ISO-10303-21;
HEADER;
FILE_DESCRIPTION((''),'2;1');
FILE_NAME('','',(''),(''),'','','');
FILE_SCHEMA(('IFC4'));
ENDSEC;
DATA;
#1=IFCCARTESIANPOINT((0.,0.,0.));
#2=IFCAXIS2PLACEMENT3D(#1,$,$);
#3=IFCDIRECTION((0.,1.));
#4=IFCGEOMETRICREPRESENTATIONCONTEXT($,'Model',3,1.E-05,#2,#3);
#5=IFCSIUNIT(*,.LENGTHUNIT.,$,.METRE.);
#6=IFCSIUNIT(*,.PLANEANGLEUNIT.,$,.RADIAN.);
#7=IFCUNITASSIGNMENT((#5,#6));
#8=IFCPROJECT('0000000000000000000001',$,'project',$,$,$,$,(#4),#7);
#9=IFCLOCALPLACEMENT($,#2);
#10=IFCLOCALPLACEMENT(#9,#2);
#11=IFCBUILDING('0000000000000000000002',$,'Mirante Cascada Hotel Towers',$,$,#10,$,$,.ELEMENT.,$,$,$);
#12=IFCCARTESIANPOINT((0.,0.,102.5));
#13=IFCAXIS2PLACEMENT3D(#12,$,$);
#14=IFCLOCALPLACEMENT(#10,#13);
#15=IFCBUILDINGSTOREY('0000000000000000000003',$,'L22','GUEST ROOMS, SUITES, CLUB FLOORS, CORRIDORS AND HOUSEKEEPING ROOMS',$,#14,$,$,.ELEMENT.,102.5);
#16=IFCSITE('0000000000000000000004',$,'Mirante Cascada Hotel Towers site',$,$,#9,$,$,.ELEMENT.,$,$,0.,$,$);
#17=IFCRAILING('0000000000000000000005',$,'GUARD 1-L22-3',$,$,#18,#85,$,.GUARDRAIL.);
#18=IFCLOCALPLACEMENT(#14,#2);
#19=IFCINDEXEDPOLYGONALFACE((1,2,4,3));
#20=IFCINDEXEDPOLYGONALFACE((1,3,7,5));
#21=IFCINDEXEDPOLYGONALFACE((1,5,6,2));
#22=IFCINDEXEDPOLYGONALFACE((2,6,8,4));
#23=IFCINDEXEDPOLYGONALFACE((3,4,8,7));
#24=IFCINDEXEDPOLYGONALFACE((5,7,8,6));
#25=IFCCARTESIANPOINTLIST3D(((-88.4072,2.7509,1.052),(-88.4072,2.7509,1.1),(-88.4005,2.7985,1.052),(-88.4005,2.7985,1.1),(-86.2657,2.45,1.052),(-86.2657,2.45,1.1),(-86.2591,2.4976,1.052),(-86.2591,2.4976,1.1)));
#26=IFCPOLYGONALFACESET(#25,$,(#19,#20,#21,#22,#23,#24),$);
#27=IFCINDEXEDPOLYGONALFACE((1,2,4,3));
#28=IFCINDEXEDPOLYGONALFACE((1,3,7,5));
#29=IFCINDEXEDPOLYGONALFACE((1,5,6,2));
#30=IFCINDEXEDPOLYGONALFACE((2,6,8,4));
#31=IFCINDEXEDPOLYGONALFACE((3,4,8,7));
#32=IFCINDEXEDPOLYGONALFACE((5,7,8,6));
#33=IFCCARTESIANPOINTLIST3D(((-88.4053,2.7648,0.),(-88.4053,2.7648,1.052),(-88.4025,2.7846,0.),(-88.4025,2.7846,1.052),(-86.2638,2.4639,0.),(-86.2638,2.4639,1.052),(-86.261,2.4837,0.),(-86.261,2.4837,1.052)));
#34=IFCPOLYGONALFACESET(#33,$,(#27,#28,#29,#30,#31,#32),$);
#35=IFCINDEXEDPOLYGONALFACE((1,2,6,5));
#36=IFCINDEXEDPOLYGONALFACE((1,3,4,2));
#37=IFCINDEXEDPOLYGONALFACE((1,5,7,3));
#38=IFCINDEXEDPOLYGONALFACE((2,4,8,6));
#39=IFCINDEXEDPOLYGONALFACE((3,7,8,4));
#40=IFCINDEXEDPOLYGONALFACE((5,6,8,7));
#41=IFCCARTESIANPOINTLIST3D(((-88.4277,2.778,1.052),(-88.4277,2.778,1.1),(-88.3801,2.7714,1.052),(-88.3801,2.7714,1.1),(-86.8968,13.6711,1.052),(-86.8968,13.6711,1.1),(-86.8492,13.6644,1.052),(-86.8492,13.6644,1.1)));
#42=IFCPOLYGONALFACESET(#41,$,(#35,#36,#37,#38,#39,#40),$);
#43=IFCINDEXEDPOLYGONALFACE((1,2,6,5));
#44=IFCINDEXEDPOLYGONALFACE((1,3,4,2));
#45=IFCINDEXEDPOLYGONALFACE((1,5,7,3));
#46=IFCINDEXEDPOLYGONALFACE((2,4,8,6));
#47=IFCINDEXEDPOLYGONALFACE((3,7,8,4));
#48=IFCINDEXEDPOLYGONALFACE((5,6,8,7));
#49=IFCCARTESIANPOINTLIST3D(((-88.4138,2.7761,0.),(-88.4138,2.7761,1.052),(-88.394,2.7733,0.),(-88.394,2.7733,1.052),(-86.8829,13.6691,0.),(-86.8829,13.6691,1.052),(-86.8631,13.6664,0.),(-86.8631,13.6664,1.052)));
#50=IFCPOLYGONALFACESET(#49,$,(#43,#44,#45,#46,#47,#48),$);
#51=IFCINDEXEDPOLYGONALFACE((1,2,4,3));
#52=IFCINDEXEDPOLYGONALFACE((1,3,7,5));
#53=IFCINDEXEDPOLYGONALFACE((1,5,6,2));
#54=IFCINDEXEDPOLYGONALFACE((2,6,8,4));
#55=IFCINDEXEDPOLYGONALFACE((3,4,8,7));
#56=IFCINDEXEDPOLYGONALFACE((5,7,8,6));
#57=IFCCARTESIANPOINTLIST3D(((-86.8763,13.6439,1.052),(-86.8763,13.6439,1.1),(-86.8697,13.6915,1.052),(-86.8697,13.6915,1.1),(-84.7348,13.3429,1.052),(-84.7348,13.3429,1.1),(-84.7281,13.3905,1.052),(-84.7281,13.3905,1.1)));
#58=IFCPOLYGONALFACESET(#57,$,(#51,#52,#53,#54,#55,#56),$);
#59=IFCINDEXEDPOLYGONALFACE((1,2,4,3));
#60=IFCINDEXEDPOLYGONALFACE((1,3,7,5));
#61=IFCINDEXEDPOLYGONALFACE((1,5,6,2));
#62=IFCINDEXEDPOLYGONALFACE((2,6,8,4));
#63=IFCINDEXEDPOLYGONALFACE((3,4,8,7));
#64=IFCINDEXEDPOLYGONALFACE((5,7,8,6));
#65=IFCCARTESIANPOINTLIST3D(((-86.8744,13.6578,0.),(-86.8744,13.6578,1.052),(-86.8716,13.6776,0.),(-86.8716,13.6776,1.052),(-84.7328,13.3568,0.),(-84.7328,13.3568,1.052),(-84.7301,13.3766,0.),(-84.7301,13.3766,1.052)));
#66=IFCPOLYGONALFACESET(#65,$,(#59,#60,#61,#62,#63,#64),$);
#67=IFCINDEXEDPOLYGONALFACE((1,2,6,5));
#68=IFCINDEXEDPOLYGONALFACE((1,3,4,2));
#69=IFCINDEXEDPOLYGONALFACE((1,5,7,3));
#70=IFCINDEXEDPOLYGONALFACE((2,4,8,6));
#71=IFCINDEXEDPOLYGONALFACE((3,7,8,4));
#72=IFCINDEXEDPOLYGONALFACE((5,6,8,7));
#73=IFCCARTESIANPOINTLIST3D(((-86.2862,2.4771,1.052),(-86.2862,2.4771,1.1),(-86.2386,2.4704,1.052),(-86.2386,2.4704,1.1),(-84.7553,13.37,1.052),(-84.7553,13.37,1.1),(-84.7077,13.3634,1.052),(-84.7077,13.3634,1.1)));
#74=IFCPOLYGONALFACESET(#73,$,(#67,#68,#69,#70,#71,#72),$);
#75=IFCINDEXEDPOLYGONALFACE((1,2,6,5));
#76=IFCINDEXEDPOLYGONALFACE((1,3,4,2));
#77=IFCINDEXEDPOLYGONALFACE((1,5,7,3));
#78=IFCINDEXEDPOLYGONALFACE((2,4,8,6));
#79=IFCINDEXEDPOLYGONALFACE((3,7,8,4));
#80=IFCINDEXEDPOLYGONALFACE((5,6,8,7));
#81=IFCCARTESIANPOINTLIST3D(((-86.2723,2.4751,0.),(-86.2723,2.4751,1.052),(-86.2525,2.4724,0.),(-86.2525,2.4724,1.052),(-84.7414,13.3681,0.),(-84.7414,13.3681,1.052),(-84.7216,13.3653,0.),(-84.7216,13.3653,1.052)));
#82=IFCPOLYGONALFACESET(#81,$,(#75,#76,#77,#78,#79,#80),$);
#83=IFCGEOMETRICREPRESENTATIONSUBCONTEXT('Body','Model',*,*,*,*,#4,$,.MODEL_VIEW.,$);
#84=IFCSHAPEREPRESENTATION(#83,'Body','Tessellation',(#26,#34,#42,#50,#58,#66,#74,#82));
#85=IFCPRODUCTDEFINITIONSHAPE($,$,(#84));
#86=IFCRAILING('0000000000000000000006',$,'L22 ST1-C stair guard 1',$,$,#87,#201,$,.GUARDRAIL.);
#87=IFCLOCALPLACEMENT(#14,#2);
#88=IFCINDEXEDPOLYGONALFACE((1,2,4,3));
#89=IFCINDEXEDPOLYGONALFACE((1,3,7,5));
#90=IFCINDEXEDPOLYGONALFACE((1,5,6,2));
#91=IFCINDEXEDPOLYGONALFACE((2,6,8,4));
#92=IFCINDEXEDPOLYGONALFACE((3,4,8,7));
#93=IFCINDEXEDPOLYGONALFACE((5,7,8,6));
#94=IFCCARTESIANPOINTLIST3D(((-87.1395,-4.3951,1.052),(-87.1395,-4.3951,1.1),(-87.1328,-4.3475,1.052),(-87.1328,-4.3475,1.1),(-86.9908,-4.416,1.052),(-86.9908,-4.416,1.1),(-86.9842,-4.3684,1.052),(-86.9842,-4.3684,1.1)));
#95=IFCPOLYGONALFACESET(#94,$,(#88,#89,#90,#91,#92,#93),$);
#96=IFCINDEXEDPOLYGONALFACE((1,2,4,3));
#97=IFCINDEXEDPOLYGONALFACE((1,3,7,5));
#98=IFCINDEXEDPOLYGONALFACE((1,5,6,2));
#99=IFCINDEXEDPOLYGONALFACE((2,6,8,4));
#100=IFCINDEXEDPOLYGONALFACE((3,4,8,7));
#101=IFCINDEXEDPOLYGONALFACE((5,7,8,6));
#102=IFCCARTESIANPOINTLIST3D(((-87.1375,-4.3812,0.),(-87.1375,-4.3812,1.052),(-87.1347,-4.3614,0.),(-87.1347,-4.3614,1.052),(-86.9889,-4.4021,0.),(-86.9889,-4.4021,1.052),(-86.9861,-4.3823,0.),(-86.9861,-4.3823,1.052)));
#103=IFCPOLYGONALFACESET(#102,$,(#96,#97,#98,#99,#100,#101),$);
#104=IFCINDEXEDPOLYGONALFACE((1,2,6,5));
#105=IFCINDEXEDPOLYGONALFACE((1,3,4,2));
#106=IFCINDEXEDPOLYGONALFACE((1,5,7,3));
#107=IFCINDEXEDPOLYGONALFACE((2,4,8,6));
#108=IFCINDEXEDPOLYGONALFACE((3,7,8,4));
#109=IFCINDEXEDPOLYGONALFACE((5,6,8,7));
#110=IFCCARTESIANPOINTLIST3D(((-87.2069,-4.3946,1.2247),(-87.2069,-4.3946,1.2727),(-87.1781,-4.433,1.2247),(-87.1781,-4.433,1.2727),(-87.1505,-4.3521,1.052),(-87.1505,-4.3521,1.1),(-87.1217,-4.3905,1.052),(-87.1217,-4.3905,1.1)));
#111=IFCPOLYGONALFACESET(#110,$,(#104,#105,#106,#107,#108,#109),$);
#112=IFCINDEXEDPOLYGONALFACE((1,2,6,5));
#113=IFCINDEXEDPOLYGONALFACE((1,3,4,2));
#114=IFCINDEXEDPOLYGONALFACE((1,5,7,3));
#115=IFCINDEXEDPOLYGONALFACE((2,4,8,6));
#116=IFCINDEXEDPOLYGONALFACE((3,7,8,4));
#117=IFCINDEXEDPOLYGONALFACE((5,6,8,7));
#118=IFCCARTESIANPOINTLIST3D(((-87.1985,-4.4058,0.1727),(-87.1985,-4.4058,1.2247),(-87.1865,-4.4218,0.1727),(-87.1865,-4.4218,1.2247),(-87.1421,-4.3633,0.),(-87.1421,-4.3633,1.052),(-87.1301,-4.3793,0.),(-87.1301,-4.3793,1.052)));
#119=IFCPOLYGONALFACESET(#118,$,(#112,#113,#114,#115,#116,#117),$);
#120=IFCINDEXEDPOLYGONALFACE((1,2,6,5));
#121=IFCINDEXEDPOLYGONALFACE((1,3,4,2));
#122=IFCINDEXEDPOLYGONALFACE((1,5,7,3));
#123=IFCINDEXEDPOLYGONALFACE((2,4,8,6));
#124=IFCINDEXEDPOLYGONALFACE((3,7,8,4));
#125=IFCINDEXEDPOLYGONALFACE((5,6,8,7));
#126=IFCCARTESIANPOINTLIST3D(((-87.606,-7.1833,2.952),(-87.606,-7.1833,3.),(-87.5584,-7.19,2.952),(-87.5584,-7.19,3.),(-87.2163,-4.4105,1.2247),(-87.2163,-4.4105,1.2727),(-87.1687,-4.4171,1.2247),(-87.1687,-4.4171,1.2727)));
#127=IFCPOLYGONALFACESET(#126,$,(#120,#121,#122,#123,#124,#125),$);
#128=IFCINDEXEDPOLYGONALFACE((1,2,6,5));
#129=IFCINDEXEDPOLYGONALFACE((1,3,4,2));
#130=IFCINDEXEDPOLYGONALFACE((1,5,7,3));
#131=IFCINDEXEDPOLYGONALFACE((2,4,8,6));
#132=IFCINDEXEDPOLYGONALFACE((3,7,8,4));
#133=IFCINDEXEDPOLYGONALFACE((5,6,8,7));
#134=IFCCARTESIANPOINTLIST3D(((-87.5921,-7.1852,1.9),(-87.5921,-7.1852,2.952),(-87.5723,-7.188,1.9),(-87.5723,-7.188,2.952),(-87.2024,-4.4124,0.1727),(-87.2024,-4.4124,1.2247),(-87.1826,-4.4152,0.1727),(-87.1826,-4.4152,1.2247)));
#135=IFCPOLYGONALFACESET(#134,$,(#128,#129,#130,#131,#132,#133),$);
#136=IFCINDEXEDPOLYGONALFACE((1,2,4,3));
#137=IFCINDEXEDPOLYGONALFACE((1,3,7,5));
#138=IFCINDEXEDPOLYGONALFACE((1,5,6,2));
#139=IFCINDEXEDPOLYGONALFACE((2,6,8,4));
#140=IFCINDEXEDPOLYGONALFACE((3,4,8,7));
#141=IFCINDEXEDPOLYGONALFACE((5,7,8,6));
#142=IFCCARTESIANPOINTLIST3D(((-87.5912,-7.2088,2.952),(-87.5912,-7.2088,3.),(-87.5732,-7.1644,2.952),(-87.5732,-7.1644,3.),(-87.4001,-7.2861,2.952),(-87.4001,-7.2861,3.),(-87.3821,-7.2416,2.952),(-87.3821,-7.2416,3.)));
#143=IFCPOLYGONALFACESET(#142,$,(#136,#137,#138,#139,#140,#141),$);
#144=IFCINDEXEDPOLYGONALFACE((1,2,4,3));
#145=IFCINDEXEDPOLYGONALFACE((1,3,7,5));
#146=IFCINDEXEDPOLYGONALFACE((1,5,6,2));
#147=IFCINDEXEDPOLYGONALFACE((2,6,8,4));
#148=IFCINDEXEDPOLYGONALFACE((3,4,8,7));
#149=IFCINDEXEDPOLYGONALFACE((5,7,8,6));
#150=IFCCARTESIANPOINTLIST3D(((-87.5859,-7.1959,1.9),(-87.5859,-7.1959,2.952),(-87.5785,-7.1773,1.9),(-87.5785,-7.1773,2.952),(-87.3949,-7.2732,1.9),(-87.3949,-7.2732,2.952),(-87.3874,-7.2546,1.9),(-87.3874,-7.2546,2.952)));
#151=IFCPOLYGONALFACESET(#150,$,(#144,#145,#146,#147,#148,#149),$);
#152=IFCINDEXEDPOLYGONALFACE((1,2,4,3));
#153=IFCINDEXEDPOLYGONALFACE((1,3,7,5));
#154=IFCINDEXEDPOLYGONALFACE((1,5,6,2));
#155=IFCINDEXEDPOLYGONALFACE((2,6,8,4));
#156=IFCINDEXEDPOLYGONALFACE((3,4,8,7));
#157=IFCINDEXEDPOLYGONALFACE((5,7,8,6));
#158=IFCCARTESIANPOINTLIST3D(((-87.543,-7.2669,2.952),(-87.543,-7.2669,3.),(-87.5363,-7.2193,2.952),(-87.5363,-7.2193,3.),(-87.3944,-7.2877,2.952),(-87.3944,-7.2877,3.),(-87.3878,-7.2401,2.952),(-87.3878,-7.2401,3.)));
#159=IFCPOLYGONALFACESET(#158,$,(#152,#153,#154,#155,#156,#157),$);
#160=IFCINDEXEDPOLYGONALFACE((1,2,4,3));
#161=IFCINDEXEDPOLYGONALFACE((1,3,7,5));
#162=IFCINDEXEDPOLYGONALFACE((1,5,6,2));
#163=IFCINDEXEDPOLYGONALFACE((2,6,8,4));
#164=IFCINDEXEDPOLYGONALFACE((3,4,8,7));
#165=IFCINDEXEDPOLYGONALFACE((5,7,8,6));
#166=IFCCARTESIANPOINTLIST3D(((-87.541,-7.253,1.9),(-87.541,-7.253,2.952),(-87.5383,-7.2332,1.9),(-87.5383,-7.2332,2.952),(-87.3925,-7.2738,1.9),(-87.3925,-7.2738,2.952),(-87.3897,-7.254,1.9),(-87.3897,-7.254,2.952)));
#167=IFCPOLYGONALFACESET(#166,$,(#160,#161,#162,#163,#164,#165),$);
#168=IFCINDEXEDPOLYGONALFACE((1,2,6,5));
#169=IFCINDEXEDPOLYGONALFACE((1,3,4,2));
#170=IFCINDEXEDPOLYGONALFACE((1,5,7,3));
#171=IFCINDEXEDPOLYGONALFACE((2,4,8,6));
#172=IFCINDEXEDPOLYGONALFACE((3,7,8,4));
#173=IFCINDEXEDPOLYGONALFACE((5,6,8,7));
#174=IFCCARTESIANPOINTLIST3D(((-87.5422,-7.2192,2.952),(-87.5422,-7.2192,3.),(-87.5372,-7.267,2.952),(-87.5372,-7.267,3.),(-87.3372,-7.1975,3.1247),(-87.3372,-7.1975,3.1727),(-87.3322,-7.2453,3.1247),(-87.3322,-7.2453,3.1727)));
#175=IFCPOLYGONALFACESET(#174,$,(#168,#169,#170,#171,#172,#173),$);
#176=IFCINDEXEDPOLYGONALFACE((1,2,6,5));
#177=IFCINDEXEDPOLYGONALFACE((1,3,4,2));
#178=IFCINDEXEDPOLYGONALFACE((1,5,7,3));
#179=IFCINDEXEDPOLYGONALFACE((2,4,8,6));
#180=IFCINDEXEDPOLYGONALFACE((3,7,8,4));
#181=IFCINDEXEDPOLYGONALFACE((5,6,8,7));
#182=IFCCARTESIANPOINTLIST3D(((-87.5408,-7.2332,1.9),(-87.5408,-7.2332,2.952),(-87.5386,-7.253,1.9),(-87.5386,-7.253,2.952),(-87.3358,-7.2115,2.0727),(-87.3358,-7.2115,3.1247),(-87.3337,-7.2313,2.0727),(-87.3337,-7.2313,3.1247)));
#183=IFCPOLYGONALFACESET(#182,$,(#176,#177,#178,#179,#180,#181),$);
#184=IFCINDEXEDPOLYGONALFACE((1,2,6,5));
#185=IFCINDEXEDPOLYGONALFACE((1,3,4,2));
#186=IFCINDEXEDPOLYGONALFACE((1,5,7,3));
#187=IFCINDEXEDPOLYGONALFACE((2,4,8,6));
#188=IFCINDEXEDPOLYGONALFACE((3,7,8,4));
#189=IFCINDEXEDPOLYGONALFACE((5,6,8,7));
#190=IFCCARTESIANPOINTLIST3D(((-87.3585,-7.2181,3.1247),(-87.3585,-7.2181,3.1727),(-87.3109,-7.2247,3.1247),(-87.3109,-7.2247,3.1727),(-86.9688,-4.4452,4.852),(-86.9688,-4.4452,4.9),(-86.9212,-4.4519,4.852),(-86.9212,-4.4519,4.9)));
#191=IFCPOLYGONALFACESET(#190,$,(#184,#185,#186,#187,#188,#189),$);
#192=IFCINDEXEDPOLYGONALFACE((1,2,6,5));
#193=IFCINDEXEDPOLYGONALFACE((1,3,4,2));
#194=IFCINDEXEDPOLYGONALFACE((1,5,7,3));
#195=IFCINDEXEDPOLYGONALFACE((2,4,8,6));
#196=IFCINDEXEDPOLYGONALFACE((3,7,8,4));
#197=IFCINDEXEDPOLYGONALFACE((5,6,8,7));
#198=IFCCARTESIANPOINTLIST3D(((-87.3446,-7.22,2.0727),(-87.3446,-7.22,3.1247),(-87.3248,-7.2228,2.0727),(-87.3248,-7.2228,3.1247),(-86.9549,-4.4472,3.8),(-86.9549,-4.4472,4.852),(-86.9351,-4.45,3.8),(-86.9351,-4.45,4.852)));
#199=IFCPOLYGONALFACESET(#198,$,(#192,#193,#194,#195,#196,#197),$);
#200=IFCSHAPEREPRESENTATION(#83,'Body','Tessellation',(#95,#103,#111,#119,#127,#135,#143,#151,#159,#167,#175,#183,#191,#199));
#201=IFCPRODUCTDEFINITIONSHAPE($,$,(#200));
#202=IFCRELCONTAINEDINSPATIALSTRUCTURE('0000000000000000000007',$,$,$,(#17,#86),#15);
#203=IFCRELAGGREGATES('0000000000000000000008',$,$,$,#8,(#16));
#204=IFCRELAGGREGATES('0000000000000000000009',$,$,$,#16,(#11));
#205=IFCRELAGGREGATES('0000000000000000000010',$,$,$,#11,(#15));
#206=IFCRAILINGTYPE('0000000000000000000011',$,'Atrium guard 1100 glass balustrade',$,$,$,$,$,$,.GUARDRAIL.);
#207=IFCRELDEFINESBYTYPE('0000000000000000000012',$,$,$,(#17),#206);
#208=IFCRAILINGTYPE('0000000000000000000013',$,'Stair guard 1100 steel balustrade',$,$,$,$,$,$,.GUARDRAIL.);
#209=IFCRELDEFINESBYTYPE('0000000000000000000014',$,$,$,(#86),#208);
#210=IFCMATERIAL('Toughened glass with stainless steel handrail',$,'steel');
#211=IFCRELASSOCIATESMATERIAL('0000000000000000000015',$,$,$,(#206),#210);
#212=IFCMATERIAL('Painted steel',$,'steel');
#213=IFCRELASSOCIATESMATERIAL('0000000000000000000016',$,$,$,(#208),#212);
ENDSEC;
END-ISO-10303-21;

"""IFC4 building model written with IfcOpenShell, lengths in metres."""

from ifc_helpers import new_model, si_unit, direction, frame, origin, origin_2d, place, context, subcontext, project, spatial, rectangle, extrude, material, type_object, element, save


model = new_model("IFC4")

# Units and contexts
model_context = context("Model", 3, precision=1e-05, world=origin(), true_north=direction((0.0, 1.0)))
body_context = subcontext(model_context, "Body", "Model", "MODEL_VIEW")
ifc_project = project(units=[si_unit("LENGTHUNIT", "METRE"), si_unit("PLANEANGLEUNIT", "RADIAN")], contexts=[model_context])

# Site, building, storey
site_placement = place(None, origin())
site = spatial("IfcSite", under=ifc_project, at=site_placement, Name="Mirante Cascada Hotel Towers site", CompositionType="ELEMENT", RefElevation=0.0)
building_placement = place(site_placement, origin())
building = spatial("IfcBuilding", under=site, at=building_placement, Name="Mirante Cascada Hotel Towers", CompositionType="ELEMENT")
storey_placement = place(building_placement, frame((0.0, 0.0, 102.5)))
storey = spatial("IfcBuildingStorey", under=building, at=storey_placement, Name="L22", Description="GUEST ROOMS, SUITES, CLUB FLOORS, CORRIDORS AND HOUSEKEEPING ROOMS", CompositionType="ELEMENT", Elevation=102.5)

# Railings
ifc_material_1 = material(Name="Toughened glass with stainless steel handrail", Category="steel")
railing_type_1 = type_object("IfcRailingType", Name="Atrium guard 1100 glass balustrade", PredefinedType="GUARDRAIL", material=ifc_material_1)
railing_1_placement = place(storey_placement, frame((-86.2624, 2.4738, 0.0)))
element("IfcRailing", 1, at=railing_1_placement, inside=storey, type_object=railing_type_1, Name="GUARD 1-L22-3", PredefinedType="GUARDRAIL", context=body_context, shape_type="SweptSolid", body=[
    extrude(rectangle(XDim=0.048, YDim=0.048, at=origin_2d()), frame((0.0, 0.0, 1.076), z_axis=(-0.990272, 0.139142, 0.0), x_axis=(-0.139142, -0.990272, 0.0)), (0.0, 0.0, 1.0), 2.1625),
    extrude(rectangle(XDim=0.02, YDim=1.052, at=origin_2d()), frame((0.0, 0.0, 0.526), z_axis=(-0.990272, 0.139142, 0.0), x_axis=(-0.139142, -0.990272, 0.0)), (0.0, 0.0, 1.0), 2.1625),
    extrude(rectangle(XDim=0.048, YDim=0.048, at=origin_2d()), frame((-2.1415, 0.3009, 1.076), z_axis=(0.139172, 0.990268, 0.0), x_axis=(-0.990268, 0.139172, 0.0)), (0.0, 0.0, 1.0), 11.0001),
    extrude(rectangle(XDim=0.02, YDim=1.052, at=origin_2d()), frame((-2.1415, 0.3009, 0.526), z_axis=(0.139172, 0.990268, 0.0), x_axis=(-0.990268, 0.139172, 0.0)), (0.0, 0.0, 1.0), 11.0001),
    extrude(rectangle(XDim=0.048, YDim=0.048, at=origin_2d()), frame((-0.6106, 11.1939, 1.076), z_axis=(0.990266, -0.139187, 0.0), x_axis=(0.139187, 0.990266, 0.0)), (0.0, 0.0, 1.0), 2.1626),
    extrude(rectangle(XDim=0.02, YDim=1.052, at=origin_2d()), frame((-0.6106, 11.1939, 0.526), z_axis=(0.990266, -0.139187, 0.0), x_axis=(0.139187, 0.990266, 0.0)), (0.0, 0.0, 1.0), 2.1626),
    extrude(rectangle(XDim=0.048, YDim=0.048, at=origin_2d()), frame((1.5309, 10.8929, 1.076), z_axis=(-0.139173, -0.990268, 0.0), x_axis=(0.990268, -0.139173, 0.0)), (0.0, 0.0, 1.0), 11.0),
    extrude(rectangle(XDim=0.02, YDim=1.052, at=origin_2d()), frame((1.5309, 10.8929, 0.526), z_axis=(-0.139173, -0.990268, 0.0), x_axis=(0.990268, -0.139173, 0.0)), (0.0, 0.0, 1.0), 11.0),
])
ifc_material_2 = material(Name="Painted steel", Category="steel")
railing_type_2 = type_object("IfcRailingType", Name="Stair guard 1100 steel balustrade", PredefinedType="GUARDRAIL", material=ifc_material_2)
railing_2_placement = place(storey_placement, frame((-86.9875, -4.3922, 0.0)))
element("IfcRailing", 2, at=railing_2_placement, inside=storey, type_object=railing_type_2, Name="L22 ST1-C stair guard 1", PredefinedType="GUARDRAIL", context=body_context, shape_type="SweptSolid", body=[
    extrude(rectangle(XDim=0.048, YDim=0.048, at=origin_2d()), frame((0.0, 0.0, 1.076), z_axis=(-0.990254, 0.139275, 0.0), x_axis=(-0.139275, -0.990254, 0.0)), (0.0, 0.0, 1.0), 0.1501),
    extrude(rectangle(XDim=0.02, YDim=1.052, at=origin_2d()), frame((0.0, 0.0, 0.526), z_axis=(-0.990254, 0.139275, 0.0), x_axis=(-0.139275, -0.990254, 0.0)), (0.0, 0.0, 1.0), 0.1501),
    extrude(rectangle(XDim=0.048, YDim=0.048, at=origin_2d()), frame((-0.1486, 0.0209, 1.076), z_axis=(-0.798639, -0.601811, 0.0), x_axis=(0.601811, -0.798639, 0.0)), (0.0, 0.925603, 0.378496), 0.1866),
    extrude(rectangle(XDim=0.02, YDim=1.052, at=origin_2d()), frame((-0.1486, 0.0209, 0.526), z_axis=(-0.798639, -0.601811, 0.0), x_axis=(0.601811, -0.798639, 0.0)), (0.0, 0.925603, 0.378496), 0.1866),
    extrude(rectangle(XDim=0.048, YDim=0.048, at=origin_2d()), frame((-0.205, -0.0216, 1.2487), z_axis=(-0.139176, -0.990268, 0.0), x_axis=(0.990268, -0.139176, 0.0)), (0.0, 0.525021, 0.851089), 3.29),
    extrude(rectangle(XDim=0.02, YDim=1.052, at=origin_2d()), frame((-0.205, -0.0216, 0.6987), z_axis=(-0.139176, -0.990268, 0.0), x_axis=(0.990268, -0.139176, 0.0)), (0.0, 0.525021, 0.851089), 3.29),
    extrude(rectangle(XDim=0.048, YDim=0.048, at=origin_2d()), frame((-0.5947, -2.7944, 2.976), z_axis=(0.927031, -0.374984, 0.0), x_axis=(0.374984, 0.927031, 0.0)), (0.0, 0.0, 1.0), 0.2061),
    extrude(rectangle(XDim=0.02, YDim=1.052, at=origin_2d()), frame((-0.5947, -2.7944, 2.426), z_axis=(0.927031, -0.374984, 0.0), x_axis=(0.374984, 0.927031, 0.0)), (0.0, 0.0, 1.0), 0.2061),
    extrude(rectangle(XDim=0.048, YDim=0.048, at=origin_2d()), frame((-0.4036, -2.8717, 2.976), z_axis=(-0.990345, 0.138622, 0.0), x_axis=(-0.138622, -0.990345, 0.0)), (0.0, 0.0, 1.0), 0.15),
    extrude(rectangle(XDim=0.02, YDim=1.052, at=origin_2d()), frame((-0.4036, -2.8717, 2.426), z_axis=(-0.990345, 0.138622, 0.0), x_axis=(-0.138622, -0.990345, 0.0)), (0.0, 0.0, 1.0), 0.15),
    extrude(rectangle(XDim=0.048, YDim=0.048, at=origin_2d()), frame((-0.5522, -2.8509, 2.976), z_axis=(0.994444, 0.105266, 0.0), x_axis=(-0.105266, 0.994444, 0.0)), (0.0, 0.642184, 0.76655), 0.2689),
    extrude(rectangle(XDim=0.02, YDim=1.052, at=origin_2d()), frame((-0.5522, -2.8509, 2.426), z_axis=(0.994444, 0.105266, 0.0), x_axis=(-0.105266, 0.994444, 0.0)), (0.0, 0.642184, 0.76655), 0.2689),
    extrude(rectangle(XDim=0.048, YDim=0.048, at=origin_2d()), frame((-0.3472, -2.8292, 3.1487), z_axis=(0.139176, 0.990268, 0.0), x_axis=(-0.990268, 0.139176, 0.0)), (0.0, 0.525021, 0.851089), 3.29),
    extrude(rectangle(XDim=0.02, YDim=1.052, at=origin_2d()), frame((-0.3472, -2.8292, 2.5987), z_axis=(0.139176, 0.990268, 0.0), x_axis=(-0.990268, 0.139176, 0.0)), (0.0, 0.525021, 0.851089), 3.29),
])

save(model, "model.ifc")
